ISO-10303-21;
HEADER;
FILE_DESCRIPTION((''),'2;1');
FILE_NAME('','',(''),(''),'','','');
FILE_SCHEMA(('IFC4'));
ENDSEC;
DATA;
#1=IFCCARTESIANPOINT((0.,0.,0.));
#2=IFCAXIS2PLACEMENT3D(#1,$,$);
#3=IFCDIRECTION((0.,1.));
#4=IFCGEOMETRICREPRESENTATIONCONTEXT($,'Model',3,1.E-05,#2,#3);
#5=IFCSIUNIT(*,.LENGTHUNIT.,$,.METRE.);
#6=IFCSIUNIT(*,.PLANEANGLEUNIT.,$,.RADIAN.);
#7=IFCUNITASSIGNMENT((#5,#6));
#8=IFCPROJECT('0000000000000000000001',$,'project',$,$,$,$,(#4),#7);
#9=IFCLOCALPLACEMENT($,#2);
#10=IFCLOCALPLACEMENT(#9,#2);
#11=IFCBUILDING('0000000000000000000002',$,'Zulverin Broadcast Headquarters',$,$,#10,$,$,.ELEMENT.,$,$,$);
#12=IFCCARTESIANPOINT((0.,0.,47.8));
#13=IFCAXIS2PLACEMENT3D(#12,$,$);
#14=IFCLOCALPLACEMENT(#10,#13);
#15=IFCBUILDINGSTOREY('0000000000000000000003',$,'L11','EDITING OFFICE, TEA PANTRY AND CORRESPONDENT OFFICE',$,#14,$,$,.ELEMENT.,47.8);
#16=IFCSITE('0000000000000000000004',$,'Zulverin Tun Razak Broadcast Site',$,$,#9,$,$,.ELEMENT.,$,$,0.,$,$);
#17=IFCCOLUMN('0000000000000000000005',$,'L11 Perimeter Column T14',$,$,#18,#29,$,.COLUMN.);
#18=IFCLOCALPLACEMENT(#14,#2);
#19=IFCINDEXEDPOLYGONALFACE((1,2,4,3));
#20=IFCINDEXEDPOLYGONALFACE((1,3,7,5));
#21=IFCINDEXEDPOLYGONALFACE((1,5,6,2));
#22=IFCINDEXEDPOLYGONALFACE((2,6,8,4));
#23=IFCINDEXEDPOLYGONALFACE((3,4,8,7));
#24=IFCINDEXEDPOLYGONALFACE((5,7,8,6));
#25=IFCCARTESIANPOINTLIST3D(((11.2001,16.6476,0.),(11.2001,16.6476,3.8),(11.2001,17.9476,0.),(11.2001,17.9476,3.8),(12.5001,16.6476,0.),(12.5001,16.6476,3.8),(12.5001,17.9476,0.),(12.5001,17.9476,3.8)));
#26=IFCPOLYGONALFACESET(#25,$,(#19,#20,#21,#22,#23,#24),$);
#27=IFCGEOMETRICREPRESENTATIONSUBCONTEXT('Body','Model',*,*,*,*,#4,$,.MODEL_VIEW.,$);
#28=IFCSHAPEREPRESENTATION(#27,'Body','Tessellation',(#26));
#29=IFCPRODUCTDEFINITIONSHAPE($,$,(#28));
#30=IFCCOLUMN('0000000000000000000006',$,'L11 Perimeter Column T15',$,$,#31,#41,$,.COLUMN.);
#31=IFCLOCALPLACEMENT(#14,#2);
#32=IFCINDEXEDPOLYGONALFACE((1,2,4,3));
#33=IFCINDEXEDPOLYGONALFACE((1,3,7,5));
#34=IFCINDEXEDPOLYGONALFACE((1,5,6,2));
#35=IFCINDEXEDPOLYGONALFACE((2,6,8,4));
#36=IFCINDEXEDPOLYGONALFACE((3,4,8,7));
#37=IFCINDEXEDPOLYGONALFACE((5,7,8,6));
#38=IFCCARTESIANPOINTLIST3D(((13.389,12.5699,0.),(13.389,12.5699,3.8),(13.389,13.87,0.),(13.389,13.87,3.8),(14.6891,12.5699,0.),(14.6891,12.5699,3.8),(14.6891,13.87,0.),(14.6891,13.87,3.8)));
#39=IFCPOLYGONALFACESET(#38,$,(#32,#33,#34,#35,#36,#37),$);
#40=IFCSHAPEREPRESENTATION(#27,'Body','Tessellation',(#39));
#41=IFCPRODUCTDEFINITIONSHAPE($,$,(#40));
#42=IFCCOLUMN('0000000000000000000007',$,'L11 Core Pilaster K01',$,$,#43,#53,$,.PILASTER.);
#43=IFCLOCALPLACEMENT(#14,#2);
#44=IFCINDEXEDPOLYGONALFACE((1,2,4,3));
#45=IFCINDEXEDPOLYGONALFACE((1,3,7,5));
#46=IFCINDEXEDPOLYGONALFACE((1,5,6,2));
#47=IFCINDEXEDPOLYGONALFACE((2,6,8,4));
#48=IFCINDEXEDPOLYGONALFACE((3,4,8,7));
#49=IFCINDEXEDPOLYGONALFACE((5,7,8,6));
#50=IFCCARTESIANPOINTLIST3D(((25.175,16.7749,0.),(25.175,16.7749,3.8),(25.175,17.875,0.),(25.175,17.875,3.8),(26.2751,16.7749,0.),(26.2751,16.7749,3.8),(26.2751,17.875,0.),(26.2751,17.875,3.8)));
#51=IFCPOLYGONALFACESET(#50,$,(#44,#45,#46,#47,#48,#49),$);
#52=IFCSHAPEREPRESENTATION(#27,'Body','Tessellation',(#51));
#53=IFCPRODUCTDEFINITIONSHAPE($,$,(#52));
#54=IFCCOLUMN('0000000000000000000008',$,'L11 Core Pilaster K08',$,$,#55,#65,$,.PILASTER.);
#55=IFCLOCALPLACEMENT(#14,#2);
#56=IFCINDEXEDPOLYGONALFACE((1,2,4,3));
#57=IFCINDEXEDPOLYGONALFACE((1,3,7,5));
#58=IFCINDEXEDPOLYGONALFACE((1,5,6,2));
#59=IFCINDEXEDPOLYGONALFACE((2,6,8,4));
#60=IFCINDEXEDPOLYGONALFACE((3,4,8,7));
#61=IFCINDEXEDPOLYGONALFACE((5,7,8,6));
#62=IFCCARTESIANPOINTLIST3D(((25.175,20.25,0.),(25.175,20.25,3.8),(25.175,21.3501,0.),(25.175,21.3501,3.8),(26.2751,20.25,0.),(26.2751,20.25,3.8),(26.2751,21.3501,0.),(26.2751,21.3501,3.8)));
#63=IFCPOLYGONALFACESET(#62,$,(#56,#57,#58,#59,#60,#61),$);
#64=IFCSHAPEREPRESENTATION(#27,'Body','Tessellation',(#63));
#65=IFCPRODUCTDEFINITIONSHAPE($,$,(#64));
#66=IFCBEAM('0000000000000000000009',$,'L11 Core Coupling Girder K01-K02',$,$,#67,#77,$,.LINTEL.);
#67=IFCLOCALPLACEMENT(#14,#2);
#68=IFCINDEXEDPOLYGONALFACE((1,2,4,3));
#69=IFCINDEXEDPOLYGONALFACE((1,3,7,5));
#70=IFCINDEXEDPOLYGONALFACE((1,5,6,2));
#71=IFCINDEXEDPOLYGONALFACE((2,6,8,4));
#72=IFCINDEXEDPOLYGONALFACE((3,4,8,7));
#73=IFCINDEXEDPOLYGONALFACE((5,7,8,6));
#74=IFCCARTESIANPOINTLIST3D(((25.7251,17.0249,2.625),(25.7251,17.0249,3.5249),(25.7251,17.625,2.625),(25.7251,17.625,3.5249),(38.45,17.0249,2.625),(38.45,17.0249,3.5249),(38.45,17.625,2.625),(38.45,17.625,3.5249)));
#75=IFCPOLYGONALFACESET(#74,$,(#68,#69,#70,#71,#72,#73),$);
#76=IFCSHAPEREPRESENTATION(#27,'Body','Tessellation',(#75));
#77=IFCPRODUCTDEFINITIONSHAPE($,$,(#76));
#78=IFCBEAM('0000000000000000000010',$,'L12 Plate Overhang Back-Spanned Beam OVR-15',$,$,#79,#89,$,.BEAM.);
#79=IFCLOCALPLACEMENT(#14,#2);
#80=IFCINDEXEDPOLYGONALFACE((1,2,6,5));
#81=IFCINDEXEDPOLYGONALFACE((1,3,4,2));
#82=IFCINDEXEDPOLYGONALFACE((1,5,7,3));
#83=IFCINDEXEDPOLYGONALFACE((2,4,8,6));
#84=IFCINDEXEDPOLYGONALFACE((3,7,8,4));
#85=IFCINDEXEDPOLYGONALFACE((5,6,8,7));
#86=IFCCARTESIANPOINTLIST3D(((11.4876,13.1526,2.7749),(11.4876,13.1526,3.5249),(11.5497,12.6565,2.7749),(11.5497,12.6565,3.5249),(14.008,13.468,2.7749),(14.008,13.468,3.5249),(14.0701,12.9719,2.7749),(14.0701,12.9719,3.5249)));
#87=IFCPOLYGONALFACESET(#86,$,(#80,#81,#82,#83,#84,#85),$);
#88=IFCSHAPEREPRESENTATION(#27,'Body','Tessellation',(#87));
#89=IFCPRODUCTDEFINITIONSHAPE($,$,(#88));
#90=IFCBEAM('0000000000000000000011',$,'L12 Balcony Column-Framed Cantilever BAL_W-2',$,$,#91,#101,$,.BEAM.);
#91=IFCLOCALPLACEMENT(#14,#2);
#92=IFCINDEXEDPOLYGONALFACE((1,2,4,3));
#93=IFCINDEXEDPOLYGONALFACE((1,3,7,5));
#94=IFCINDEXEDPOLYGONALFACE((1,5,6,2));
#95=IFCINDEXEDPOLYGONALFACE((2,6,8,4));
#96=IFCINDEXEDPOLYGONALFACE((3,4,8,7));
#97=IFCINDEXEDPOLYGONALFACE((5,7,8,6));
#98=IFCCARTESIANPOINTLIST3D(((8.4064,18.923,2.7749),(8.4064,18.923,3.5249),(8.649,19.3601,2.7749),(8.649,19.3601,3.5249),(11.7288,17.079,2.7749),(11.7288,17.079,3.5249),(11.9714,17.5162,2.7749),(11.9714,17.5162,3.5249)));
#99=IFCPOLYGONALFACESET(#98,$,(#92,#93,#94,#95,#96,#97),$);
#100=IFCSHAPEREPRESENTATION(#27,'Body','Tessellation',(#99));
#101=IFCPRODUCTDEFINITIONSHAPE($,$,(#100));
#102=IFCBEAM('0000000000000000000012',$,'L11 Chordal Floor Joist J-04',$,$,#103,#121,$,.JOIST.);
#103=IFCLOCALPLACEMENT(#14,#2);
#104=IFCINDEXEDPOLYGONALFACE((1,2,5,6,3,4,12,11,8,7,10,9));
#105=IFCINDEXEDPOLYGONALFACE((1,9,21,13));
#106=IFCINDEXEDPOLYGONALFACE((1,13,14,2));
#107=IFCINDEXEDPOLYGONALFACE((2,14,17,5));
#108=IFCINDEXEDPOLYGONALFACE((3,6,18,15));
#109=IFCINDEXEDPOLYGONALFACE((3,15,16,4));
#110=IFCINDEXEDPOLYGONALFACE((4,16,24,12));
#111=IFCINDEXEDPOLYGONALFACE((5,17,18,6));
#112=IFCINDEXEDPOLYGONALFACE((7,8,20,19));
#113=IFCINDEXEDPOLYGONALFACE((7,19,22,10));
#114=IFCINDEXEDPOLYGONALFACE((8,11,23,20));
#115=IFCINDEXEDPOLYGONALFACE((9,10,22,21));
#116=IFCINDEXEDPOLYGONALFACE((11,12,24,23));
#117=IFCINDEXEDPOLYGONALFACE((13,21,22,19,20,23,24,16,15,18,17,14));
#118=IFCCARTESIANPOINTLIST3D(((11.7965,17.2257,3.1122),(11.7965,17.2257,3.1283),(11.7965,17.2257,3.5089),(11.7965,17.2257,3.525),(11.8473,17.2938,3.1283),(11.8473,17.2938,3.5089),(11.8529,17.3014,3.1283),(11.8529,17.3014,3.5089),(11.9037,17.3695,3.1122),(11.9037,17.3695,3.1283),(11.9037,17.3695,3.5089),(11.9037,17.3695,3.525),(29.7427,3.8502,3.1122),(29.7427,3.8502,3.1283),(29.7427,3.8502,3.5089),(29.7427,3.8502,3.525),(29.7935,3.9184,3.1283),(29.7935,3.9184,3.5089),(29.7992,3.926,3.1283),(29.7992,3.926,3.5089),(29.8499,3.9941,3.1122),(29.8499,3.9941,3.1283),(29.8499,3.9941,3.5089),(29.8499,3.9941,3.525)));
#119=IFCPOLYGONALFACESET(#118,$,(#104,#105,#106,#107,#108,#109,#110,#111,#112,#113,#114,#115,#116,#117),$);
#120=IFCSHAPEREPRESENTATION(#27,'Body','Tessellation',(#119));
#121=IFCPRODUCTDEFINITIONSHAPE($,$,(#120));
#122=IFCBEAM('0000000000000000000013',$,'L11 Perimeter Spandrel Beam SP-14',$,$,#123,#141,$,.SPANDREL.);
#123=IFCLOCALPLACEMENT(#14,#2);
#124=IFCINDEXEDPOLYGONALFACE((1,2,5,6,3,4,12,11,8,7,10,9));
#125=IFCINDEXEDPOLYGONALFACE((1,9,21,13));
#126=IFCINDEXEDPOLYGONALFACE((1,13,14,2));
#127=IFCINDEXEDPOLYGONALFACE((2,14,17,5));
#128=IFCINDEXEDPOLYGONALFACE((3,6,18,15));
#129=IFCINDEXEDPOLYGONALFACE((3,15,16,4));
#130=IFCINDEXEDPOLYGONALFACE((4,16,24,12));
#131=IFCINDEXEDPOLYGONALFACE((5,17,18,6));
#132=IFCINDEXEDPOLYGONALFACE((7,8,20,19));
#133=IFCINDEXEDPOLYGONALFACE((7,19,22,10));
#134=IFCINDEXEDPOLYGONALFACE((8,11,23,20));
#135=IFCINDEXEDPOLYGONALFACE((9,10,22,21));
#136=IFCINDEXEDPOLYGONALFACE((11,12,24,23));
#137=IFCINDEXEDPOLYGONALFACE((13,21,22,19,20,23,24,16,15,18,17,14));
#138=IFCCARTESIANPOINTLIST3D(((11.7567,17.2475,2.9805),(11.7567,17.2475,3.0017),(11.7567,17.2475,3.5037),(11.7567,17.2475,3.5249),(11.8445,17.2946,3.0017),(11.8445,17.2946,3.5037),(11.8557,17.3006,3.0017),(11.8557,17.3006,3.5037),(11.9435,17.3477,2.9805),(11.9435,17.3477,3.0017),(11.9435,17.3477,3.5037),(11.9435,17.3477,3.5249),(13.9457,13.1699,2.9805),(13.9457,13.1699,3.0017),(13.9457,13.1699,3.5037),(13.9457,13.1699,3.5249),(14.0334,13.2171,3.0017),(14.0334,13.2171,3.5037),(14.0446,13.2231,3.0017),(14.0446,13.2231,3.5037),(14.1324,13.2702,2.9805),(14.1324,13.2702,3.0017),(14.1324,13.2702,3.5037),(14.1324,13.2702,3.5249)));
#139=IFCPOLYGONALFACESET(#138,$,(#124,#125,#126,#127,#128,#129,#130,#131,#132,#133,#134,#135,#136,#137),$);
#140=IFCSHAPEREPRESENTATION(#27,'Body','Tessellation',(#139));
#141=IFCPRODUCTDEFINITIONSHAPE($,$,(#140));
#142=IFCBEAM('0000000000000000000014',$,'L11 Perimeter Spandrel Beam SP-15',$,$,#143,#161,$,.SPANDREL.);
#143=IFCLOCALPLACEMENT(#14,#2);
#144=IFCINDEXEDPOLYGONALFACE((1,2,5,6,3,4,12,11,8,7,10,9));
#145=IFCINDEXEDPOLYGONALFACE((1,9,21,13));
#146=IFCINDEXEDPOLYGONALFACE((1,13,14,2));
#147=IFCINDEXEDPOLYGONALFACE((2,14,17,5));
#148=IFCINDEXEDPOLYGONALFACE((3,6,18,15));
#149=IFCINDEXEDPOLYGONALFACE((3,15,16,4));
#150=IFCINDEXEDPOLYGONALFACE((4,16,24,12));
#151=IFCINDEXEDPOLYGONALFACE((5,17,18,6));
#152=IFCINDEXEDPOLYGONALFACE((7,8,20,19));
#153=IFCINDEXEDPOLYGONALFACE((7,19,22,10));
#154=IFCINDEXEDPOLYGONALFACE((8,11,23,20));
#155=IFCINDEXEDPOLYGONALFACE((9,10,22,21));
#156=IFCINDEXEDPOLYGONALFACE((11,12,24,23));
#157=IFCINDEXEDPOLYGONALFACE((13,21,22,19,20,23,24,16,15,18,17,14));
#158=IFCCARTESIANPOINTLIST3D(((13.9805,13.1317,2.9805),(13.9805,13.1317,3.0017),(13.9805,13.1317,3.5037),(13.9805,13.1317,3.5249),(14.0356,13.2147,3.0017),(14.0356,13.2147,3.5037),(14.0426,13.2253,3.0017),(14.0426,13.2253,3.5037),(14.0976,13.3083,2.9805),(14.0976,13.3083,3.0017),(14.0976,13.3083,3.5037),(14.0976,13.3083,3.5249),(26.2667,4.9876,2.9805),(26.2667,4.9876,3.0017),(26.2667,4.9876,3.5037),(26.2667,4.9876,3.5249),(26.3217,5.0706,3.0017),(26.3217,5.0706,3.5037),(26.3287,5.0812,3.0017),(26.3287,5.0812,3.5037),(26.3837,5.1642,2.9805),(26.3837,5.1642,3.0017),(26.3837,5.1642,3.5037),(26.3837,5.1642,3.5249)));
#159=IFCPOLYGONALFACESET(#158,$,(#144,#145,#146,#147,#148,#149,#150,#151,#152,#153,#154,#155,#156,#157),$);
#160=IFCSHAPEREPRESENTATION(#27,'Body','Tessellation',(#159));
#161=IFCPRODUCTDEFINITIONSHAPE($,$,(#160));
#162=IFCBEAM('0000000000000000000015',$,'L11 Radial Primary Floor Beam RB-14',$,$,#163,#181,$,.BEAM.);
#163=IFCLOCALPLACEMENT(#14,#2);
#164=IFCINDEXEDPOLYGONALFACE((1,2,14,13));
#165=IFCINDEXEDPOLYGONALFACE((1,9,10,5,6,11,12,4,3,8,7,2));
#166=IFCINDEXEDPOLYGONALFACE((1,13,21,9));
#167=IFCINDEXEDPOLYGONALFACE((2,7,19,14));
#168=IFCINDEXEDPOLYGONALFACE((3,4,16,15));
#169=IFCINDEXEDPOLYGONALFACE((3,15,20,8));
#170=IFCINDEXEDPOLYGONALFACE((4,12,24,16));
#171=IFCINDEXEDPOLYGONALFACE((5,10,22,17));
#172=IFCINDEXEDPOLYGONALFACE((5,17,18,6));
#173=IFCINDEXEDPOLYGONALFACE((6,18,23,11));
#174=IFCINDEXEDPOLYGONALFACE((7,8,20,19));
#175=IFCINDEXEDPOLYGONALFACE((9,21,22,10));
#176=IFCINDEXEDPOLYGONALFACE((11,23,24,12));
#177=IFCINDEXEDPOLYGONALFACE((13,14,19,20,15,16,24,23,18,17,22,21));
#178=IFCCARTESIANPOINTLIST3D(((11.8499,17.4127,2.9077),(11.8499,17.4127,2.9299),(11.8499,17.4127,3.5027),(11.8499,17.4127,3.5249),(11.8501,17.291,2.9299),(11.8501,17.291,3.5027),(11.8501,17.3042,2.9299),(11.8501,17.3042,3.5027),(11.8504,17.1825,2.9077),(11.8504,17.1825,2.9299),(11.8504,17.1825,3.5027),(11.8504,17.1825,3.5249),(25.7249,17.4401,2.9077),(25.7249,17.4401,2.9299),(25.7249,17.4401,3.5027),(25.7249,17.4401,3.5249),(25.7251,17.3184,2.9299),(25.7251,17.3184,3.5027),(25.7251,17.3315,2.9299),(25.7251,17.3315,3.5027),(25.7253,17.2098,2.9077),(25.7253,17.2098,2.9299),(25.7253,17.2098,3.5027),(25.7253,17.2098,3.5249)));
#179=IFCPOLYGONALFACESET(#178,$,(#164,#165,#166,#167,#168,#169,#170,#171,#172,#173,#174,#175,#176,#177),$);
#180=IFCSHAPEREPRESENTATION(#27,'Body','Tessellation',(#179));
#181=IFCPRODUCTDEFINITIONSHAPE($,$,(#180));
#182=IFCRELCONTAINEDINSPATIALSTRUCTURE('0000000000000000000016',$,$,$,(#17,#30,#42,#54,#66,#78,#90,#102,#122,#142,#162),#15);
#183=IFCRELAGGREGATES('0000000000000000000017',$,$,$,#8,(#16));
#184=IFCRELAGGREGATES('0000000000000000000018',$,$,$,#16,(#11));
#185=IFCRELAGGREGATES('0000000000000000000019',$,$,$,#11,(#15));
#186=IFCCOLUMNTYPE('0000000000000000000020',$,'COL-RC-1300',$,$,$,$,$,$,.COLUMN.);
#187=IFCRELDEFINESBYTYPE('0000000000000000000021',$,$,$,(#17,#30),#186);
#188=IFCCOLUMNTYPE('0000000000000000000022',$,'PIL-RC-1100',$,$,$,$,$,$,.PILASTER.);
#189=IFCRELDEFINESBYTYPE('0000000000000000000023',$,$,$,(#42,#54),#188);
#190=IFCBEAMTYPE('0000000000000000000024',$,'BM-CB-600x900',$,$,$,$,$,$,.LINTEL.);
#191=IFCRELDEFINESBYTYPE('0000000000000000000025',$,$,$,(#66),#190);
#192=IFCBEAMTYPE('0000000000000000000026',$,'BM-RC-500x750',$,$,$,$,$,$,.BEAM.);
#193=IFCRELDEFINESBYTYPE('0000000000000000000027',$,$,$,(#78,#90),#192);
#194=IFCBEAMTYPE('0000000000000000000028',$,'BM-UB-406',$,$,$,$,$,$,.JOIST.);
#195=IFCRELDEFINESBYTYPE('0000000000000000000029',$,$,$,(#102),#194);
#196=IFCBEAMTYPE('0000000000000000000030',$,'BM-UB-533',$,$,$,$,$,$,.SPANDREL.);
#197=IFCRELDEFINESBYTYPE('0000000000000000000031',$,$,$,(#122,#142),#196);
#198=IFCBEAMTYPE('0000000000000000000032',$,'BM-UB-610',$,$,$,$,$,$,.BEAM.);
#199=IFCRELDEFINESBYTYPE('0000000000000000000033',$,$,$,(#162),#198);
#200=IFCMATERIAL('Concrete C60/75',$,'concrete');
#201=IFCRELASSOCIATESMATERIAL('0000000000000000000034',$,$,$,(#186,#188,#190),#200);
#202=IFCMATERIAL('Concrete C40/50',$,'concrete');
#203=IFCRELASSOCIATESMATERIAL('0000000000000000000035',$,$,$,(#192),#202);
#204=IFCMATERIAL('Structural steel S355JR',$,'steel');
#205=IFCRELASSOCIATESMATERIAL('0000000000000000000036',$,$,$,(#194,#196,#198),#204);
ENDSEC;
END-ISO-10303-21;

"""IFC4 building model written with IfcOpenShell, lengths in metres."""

from ifc_helpers import new_model, si_unit, direction, frame, origin, origin_2d, place, context, subcontext, project, spatial, rectangle, i_section, extrude, material, material_profile, profile_set, type_object, element, save


model = new_model("IFC4")

# Units and contexts
model_context = context("Model", 3, precision=1e-05, world=origin(), true_north=direction((0.0, 1.0)))
body_context = subcontext(model_context, "Body", "Model", "MODEL_VIEW")
ifc_project = project(units=[si_unit("LENGTHUNIT", "METRE"), si_unit("PLANEANGLEUNIT", "RADIAN")], contexts=[model_context])

# Site, building, storey
site_placement = place(None, origin())
site = spatial("IfcSite", under=ifc_project, at=site_placement, Name="Zulverin Tun Razak Broadcast Site", CompositionType="ELEMENT", RefElevation=0.0)
building_placement = place(site_placement, origin())
building = spatial("IfcBuilding", under=site, at=building_placement, Name="Zulverin Broadcast Headquarters", CompositionType="ELEMENT")
storey_placement = place(building_placement, frame((0.0, 0.0, 47.8)))
storey = spatial("IfcBuildingStorey", under=building, at=storey_placement, Name="L11", Description="EDITING OFFICE, TEA PANTRY AND CORRESPONDENT OFFICE", CompositionType="ELEMENT", Elevation=47.8)

# Columns
ifc_material_1 = material(Name="Concrete C60/75", Category="concrete")
ifc_material_profile_1 = material_profile(ifc_material_1, rectangle(XDim=1.3, YDim=1.3, at=origin_2d()), Name="Concrete C60/75", Category="concrete")
ifc_profile_set_1 = profile_set([ifc_material_profile_1], Name="Concrete C60/75")
column_type_1 = type_object("IfcColumnType", Name="COL-RC-1300", PredefinedType="COLUMN", material=ifc_profile_set_1)
for number, where, z_axis, x_axis, name in (
    (1, (11.8501, 17.2976, 0.0), (0.0, 0.0, 1.0), (1.0, 0.0, 0.0), "L11 Perimeter Column T14"),
    (2, (14.0391, 13.22, 0.0), (0.0, 0.0, 1.0), (1.0, 0.0, 0.0), "L11 Perimeter Column T15"),
):
    element("IfcColumn", number, at=place(storey_placement, frame(where, z_axis=z_axis, x_axis=x_axis)), inside=storey, type_object=column_type_1, Name=name, PredefinedType="COLUMN", context=body_context, shape_type="SweptSolid", body=[
        extrude(rectangle(XDim=1.3, YDim=1.3, at=origin_2d()), origin(), (0.0, 0.0, 1.0), 3.8),
    ])
ifc_material_profile_2 = material_profile(ifc_material_1, rectangle(XDim=1.1001, YDim=1.1001, at=origin_2d()), Name="Concrete C60/75", Category="concrete")
ifc_profile_set_2 = profile_set([ifc_material_profile_2], Name="Concrete C60/75")
column_type_2 = type_object("IfcColumnType", Name="PIL-RC-1100", PredefinedType="PILASTER", material=ifc_profile_set_2)
for number, where, z_axis, x_axis, name in (
    (3, (25.7251, 17.325, 0.0), (0.0, 0.0, 1.0), (1.0, 0.0, 0.0), "L11 Core Pilaster K01"),
    (4, (25.7251, 20.8, 0.0), (0.0, 0.0, 1.0), (1.0, 0.0, 0.0), "L11 Core Pilaster K08"),
):
    element("IfcColumn", number, at=place(storey_placement, frame(where, z_axis=z_axis, x_axis=x_axis)), inside=storey, type_object=column_type_2, Name=name, PredefinedType="PILASTER", context=body_context, shape_type="SweptSolid", body=[
        extrude(rectangle(XDim=1.1001, YDim=1.1001, at=origin_2d()), origin(), (0.0, 0.0, 1.0), 3.8),
    ])

# Beams
ifc_material_profile_3 = material_profile(ifc_material_1, rectangle(XDim=0.6001, YDim=0.8999, at=origin_2d()), Name="Concrete C60/75", Category="concrete")
ifc_profile_set_3 = profile_set([ifc_material_profile_3], Name="Concrete C60/75")
beam_type_1 = type_object("IfcBeamType", Name="BM-CB-600x900", PredefinedType="LINTEL", material=ifc_profile_set_3)
beam_1_placement = place(storey_placement, frame((25.7251, 17.325, 3.075), z_axis=(1.0, 0.0, 0.0), x_axis=(0.0, 1.0, 0.0)))
element("IfcBeam", 5, at=beam_1_placement, inside=storey, type_object=beam_type_1, Name="L11 Core Coupling Girder K01-K02", PredefinedType="LINTEL", context=body_context, shape_type="SweptSolid", body=[
    extrude(rectangle(XDim=0.6001, YDim=0.8999, at=origin_2d()), origin(), (0.0, 0.0, 1.0), 12.7249),
])
ifc_material_2 = material(Name="Concrete C40/50", Category="concrete")
ifc_material_profile_4 = material_profile(ifc_material_2, rectangle(XDim=0.5, YDim=0.75, at=origin_2d()), Name="Concrete C40/50", Category="concrete")
ifc_profile_set_4 = profile_set([ifc_material_profile_4], Name="Concrete C40/50")
beam_type_2 = type_object("IfcBeamType", Name="BM-RC-500x750", PredefinedType="BEAM", material=ifc_profile_set_4)
beam_2_placement = place(storey_placement, frame((14.0391, 13.22, 3.1499), z_axis=(-0.992259, -0.124189, 0.0), x_axis=(0.124189, -0.992259, 0.0)))
element("IfcBeam", 6, at=beam_2_placement, inside=storey, type_object=beam_type_2, Name="L12 Plate Overhang Back-Spanned Beam OVR-15", PredefinedType="BEAM", context=body_context, shape_type="SweptSolid", body=[
    extrude(rectangle(XDim=0.5, YDim=0.75, at=origin_2d()), origin(), (0.0, 0.0, 1.0), 2.54),
])
beam_3_placement = place(storey_placement, frame((11.8501, 17.2976, 3.1499), z_axis=(-0.874363, 0.485272, 0.0), x_axis=(-0.485272, -0.874363, 0.0)))
element("IfcBeam", 7, at=beam_3_placement, inside=storey, type_object=beam_type_2, Name="L12 Balcony Column-Framed Cantilever BAL_W-2", PredefinedType="BEAM", context=body_context, shape_type="SweptSolid", body=[
    extrude(rectangle(XDim=0.5, YDim=0.75, at=origin_2d()), origin(), (0.0, 0.0, 1.0), 3.7998),
])
ifc_material_3 = material(Name="Structural steel S355JR", Category="steel")
ifc_material_profile_5 = material_profile(ifc_material_3, i_section(OverallWidth=0.1794, OverallDepth=0.4128, WebThickness=0.0095, FlangeThickness=0.0161, at=origin_2d()), Name="Structural steel S355JR", Category="steel")
ifc_profile_set_5 = profile_set([ifc_material_profile_5], Name="Structural steel S355JR")
beam_type_3 = type_object("IfcBeamType", Name="BM-UB-406", PredefinedType="JOIST", material=ifc_profile_set_5)
beam_4_placement = place(storey_placement, frame((11.8501, 17.2976, 3.3186), z_axis=(0.801803, -0.597589, 0.0), x_axis=(0.597589, 0.801803, 0.0)))
element("IfcBeam", 8, at=beam_4_placement, inside=storey, type_object=beam_type_3, Name="L11 Chordal Floor Joist J-04", PredefinedType="JOIST", context=body_context, shape_type="SweptSolid", body=[
    extrude(i_section(OverallWidth=0.1794, OverallDepth=0.4128, WebThickness=0.0095, FlangeThickness=0.0161, at=origin_2d()), origin(), (0.0, 0.0, 1.0), 22.3823),
])
ifc_material_profile_6 = material_profile(ifc_material_3, i_section(OverallWidth=0.2119, OverallDepth=0.5444, WebThickness=0.0127, FlangeThickness=0.0212, at=origin_2d()), Name="Structural steel S355JR", Category="steel")
ifc_profile_set_6 = profile_set([ifc_material_profile_6], Name="Structural steel S355JR")
beam_type_4 = type_object("IfcBeamType", Name="BM-UB-533", PredefinedType="SPANDREL", material=ifc_profile_set_6)
beam_5_placement = place(storey_placement, frame((11.8501, 17.2976, 3.2527), z_axis=(0.47298, -0.881073, 0.0), x_axis=(0.881073, 0.47298, 0.0)))
element("IfcBeam", 9, at=beam_5_placement, inside=storey, type_object=beam_type_4, Name="L11 Perimeter Spandrel Beam SP-14", PredefinedType="SPANDREL", context=body_context, shape_type="SweptSolid", body=[
    extrude(i_section(OverallWidth=0.2119, OverallDepth=0.5444, WebThickness=0.0127, FlangeThickness=0.0212, at=origin_2d()), origin(), (0.0, 0.0, 1.0), 4.6279),
])
beam_6_placement = place(storey_placement, frame((14.0391, 13.22, 3.2527), z_axis=(0.83351, -0.552504, 0.0), x_axis=(0.552504, 0.83351, 0.0)))
element("IfcBeam", 10, at=beam_6_placement, inside=storey, type_object=beam_type_4, Name="L11 Perimeter Spandrel Beam SP-15", PredefinedType="SPANDREL", context=body_context, shape_type="SweptSolid", body=[
    extrude(i_section(OverallWidth=0.2119, OverallDepth=0.5444, WebThickness=0.0127, FlangeThickness=0.0212, at=origin_2d()), origin(), (0.0, 0.0, 1.0), 14.7402),
])
ifc_material_profile_7 = material_profile(ifc_material_3, i_section(OverallWidth=0.2302, OverallDepth=0.6172, WebThickness=0.0132, FlangeThickness=0.0222, at=origin_2d()), Name="Structural steel S355JR", Category="steel")
ifc_profile_set_7 = profile_set([ifc_material_profile_7], Name="Structural steel S355JR")
beam_type_5 = type_object("IfcBeamType", Name="BM-UB-610", PredefinedType="BEAM", material=ifc_profile_set_7)
beam_7_placement = place(storey_placement, frame((25.7251, 17.325, 3.2163), z_axis=(-0.999998, -0.001971, 0.0), x_axis=(0.001971, -0.999998, 0.0)))
element("IfcBeam", 11, at=beam_7_placement, inside=storey, type_object=beam_type_5, Name="L11 Radial Primary Floor Beam RB-14", PredefinedType="BEAM", context=body_context, shape_type="SweptSolid", body=[
    extrude(i_section(OverallWidth=0.2302, OverallDepth=0.6172, WebThickness=0.0132, FlangeThickness=0.0222, at=origin_2d()), origin(), (0.0, 0.0, 1.0), 13.875),
])

save(model, "model.ifc")
